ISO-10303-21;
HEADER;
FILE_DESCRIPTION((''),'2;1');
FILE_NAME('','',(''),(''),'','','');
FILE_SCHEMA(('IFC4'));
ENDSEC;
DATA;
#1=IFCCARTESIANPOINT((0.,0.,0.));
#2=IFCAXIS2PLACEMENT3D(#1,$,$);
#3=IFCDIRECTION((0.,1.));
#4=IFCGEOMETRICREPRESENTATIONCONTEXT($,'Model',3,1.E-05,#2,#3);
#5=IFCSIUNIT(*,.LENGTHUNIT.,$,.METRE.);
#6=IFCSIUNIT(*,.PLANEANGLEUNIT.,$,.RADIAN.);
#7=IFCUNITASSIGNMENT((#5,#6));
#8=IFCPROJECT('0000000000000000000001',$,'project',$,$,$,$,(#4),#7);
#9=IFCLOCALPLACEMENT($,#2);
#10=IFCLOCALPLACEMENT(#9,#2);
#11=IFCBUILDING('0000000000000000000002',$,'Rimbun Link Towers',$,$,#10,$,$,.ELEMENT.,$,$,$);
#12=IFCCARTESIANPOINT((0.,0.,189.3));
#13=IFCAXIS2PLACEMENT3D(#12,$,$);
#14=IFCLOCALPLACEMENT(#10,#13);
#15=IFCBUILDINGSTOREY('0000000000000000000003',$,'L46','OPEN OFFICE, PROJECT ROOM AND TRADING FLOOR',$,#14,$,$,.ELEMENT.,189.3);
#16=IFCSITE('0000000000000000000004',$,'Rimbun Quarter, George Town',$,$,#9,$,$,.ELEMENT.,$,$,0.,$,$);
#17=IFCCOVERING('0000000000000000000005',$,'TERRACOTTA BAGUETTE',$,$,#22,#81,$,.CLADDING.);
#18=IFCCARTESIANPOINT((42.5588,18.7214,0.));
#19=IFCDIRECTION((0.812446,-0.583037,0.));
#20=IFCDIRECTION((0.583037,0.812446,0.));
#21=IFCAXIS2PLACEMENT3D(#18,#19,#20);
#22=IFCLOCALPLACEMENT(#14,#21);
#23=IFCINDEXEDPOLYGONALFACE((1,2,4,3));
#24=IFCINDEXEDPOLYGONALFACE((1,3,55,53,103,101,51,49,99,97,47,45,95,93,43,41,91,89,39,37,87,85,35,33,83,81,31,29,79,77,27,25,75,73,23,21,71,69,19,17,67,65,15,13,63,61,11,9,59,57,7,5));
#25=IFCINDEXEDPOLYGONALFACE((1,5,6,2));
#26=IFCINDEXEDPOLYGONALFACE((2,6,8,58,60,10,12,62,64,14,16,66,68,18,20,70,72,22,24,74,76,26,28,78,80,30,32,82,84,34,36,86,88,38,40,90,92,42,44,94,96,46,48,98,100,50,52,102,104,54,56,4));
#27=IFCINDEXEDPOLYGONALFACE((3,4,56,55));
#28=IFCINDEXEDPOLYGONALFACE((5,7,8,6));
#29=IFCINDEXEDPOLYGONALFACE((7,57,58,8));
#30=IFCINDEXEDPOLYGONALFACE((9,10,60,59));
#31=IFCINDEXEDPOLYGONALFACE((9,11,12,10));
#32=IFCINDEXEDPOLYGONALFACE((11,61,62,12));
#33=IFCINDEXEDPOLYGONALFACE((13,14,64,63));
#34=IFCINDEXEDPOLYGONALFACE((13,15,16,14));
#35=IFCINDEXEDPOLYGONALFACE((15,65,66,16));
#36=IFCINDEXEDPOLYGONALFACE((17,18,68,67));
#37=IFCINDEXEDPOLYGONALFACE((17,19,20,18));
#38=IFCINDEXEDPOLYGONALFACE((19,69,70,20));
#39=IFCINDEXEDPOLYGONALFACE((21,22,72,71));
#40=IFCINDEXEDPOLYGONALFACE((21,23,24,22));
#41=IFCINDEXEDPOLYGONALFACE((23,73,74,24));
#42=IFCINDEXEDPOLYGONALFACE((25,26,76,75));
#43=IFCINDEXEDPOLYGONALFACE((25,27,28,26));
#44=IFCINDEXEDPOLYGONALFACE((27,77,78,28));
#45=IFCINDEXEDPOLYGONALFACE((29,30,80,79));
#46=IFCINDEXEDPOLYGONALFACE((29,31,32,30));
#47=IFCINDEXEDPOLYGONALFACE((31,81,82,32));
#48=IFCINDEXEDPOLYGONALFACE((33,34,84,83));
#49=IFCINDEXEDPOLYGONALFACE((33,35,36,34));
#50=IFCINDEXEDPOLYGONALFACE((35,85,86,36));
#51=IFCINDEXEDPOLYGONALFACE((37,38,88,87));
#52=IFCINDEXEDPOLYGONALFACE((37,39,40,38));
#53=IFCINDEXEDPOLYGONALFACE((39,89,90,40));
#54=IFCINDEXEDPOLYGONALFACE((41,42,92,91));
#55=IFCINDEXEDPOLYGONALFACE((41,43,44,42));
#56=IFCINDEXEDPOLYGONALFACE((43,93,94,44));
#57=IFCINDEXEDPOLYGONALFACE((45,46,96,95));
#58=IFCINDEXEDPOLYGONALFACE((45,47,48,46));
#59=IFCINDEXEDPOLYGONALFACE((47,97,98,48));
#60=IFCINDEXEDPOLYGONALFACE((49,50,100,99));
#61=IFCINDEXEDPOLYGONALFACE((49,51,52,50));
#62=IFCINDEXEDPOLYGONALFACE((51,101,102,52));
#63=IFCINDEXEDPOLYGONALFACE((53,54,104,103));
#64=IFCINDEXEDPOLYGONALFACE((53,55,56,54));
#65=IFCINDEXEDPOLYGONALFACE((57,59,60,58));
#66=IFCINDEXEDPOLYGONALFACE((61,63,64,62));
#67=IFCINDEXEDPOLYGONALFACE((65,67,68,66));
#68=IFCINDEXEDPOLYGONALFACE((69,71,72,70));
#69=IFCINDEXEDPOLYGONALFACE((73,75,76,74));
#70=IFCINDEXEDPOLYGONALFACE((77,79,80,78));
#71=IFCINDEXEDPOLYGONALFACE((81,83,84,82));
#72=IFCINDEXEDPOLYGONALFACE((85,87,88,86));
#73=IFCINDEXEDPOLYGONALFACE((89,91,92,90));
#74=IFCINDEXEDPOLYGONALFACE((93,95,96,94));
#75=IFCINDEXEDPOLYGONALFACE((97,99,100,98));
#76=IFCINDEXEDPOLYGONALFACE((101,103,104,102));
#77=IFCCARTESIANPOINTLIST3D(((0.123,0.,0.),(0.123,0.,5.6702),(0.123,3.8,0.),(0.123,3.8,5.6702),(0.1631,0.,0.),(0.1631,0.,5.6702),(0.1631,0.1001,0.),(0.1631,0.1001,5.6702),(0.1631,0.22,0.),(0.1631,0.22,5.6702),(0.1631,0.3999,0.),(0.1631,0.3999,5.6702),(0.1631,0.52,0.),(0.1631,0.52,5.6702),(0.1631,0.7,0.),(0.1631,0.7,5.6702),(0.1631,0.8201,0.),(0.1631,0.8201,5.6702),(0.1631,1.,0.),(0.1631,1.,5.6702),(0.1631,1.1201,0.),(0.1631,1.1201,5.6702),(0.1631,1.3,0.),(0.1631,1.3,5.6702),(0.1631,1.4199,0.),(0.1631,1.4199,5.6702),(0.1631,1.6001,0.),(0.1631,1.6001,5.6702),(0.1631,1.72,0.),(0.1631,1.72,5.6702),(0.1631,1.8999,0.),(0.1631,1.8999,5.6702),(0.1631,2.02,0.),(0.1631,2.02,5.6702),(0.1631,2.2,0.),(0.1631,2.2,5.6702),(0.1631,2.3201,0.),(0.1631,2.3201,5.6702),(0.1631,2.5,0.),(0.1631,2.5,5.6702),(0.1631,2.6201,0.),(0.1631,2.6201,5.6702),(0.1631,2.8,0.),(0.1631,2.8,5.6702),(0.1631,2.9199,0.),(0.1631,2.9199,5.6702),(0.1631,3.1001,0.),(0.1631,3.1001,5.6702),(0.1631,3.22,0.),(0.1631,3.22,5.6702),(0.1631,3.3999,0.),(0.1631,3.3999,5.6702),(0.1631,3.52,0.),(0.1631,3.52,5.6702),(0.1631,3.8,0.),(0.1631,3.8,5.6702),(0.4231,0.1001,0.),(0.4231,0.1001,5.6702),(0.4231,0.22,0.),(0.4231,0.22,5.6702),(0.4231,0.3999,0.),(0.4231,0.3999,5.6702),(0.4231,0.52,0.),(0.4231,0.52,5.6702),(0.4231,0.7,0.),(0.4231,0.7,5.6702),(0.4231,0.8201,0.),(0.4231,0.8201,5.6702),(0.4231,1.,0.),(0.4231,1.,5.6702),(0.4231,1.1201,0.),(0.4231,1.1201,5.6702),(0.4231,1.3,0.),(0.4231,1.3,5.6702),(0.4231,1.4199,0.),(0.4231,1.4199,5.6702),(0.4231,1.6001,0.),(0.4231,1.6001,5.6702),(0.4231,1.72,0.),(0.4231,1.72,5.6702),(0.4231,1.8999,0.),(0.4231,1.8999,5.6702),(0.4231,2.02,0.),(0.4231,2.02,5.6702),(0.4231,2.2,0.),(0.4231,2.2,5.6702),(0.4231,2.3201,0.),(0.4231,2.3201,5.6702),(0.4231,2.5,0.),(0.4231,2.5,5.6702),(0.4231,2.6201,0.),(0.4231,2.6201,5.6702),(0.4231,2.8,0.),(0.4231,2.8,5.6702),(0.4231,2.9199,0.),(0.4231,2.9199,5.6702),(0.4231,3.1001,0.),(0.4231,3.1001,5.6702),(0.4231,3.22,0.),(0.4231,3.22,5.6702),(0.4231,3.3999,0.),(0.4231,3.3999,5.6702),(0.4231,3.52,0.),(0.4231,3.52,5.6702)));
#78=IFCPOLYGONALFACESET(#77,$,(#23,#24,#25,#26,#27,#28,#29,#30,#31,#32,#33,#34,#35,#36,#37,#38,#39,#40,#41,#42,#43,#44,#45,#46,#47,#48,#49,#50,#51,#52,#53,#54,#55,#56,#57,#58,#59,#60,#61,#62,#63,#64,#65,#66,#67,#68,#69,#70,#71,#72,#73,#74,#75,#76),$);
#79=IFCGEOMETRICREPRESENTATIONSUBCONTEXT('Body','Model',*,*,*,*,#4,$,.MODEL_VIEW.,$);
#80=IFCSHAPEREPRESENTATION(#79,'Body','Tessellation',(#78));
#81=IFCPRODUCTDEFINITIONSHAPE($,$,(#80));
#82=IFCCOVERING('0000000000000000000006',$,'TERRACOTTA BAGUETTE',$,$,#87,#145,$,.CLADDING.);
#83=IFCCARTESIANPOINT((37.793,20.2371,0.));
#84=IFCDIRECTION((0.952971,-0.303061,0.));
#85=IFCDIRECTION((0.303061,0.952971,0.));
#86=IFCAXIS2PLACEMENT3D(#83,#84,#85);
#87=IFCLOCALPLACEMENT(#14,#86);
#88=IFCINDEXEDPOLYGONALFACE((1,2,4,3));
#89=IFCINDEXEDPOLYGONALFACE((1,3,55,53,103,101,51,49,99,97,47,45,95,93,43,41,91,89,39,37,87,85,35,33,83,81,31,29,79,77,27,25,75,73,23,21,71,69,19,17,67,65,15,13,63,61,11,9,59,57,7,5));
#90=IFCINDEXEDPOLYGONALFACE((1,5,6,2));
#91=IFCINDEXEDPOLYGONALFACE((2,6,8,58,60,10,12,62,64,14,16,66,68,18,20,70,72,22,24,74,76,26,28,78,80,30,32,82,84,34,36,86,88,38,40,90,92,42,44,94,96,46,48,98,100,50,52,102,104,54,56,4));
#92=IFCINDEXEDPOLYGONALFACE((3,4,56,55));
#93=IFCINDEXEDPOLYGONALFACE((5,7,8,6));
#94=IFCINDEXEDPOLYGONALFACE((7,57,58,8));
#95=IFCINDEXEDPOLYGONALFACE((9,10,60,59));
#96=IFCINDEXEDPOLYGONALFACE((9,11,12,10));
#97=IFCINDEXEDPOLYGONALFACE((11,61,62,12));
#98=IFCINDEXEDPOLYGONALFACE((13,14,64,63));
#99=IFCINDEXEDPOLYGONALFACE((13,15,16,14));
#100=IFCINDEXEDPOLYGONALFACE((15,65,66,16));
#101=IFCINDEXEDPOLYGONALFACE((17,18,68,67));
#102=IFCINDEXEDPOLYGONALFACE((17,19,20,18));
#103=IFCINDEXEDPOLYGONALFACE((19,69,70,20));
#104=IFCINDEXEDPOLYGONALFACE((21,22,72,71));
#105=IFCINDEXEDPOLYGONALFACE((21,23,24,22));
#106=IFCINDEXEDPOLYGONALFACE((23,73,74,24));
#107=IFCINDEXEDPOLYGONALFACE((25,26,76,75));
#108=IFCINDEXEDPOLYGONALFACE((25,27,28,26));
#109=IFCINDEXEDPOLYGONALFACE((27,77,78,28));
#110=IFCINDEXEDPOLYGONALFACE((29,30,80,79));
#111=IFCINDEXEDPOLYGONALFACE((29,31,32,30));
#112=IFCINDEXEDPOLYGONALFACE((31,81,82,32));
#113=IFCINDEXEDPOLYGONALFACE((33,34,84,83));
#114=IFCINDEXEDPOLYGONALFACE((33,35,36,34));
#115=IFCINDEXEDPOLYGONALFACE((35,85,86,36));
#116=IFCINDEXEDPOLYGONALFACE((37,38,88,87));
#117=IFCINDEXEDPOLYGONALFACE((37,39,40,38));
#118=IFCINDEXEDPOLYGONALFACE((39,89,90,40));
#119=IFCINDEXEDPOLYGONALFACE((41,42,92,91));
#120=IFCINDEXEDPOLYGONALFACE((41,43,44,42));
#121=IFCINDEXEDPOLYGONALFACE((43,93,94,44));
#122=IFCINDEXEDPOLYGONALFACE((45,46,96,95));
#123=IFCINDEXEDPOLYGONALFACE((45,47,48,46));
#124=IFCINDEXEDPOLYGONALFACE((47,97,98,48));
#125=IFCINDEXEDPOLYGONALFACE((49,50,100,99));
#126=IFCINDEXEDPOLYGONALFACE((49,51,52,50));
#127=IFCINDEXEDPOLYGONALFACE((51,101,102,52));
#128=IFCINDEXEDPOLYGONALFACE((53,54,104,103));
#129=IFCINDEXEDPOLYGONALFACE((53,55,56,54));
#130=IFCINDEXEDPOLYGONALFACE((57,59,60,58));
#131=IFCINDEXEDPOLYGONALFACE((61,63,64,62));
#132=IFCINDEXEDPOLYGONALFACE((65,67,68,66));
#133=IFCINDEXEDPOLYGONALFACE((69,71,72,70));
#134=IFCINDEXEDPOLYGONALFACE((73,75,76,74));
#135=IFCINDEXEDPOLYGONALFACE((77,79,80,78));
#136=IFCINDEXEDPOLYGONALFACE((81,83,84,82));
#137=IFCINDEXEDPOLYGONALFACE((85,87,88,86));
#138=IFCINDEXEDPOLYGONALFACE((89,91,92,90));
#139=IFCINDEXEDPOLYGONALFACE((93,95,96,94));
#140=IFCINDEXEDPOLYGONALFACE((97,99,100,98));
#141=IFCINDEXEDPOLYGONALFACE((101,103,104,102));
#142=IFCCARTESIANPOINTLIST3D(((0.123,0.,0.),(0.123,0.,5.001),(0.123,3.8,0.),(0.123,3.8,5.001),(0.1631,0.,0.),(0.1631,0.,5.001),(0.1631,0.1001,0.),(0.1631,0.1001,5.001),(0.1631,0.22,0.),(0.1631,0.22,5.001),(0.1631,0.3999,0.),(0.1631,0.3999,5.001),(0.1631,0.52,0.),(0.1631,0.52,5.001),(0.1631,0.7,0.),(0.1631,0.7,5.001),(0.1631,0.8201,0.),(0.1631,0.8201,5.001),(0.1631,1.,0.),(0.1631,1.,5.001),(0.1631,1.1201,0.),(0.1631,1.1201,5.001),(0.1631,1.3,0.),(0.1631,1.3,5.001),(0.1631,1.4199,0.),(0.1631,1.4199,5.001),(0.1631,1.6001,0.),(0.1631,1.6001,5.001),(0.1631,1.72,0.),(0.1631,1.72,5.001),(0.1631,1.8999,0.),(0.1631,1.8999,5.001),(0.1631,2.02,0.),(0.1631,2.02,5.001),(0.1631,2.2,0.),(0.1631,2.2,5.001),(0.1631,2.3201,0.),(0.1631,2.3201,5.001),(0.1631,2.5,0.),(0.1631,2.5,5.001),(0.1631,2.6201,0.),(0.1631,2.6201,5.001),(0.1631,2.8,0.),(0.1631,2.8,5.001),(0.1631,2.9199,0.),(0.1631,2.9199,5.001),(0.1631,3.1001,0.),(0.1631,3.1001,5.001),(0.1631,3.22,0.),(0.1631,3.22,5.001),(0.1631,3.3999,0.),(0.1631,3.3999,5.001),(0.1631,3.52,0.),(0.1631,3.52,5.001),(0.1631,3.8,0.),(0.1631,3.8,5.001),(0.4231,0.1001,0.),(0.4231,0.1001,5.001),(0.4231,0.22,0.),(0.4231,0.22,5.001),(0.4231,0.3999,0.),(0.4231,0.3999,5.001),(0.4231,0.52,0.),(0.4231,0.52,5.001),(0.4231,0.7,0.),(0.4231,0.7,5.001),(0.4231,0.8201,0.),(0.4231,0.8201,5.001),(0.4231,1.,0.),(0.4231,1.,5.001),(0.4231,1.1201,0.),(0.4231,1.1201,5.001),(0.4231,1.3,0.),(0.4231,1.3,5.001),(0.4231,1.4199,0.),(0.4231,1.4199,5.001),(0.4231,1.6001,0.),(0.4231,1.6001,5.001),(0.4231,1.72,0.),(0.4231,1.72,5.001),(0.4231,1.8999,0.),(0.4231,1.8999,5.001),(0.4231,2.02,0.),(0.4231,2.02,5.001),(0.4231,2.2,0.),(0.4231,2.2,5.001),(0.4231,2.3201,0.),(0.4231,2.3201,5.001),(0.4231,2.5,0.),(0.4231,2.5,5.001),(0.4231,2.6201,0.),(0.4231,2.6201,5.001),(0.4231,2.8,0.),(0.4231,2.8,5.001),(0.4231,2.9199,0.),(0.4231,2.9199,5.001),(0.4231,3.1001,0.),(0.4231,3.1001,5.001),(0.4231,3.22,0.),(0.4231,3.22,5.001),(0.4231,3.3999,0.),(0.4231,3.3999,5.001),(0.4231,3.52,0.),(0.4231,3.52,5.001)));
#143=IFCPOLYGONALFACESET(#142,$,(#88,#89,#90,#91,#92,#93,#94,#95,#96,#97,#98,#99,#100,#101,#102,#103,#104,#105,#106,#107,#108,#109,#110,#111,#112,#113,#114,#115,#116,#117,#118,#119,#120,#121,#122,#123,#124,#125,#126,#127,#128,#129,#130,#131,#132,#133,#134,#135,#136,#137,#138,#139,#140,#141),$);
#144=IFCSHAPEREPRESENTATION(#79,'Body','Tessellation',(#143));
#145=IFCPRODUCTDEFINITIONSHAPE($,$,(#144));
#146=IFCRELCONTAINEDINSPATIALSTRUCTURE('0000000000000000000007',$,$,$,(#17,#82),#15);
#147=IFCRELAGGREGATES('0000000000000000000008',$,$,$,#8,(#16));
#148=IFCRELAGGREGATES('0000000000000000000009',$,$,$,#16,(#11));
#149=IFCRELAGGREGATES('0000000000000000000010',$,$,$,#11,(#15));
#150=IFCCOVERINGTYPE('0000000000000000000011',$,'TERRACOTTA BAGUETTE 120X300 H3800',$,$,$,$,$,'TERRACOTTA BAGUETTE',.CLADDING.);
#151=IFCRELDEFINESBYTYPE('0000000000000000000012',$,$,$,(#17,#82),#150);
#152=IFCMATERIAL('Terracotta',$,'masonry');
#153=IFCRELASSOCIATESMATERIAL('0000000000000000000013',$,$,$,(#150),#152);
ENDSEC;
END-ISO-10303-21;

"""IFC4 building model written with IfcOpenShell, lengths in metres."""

from ifc_helpers import new_model, si_unit, direction, frame, origin, place, context, subcontext, project, spatial, polyline, outline, extrude, material, material_profile, profile_set, type_object, element, save


model = new_model("IFC4")

# Units and contexts
model_context = context("Model", 3, precision=1e-05, world=origin(), true_north=direction((0.0, 1.0)))
body_context = subcontext(model_context, "Body", "Model", "MODEL_VIEW")
ifc_project = project(units=[si_unit("LENGTHUNIT", "METRE"), si_unit("PLANEANGLEUNIT", "RADIAN")], contexts=[model_context])

# Site, building, storey
site_placement = place(None, origin())
site = spatial("IfcSite", under=ifc_project, at=site_placement, Name="Rimbun Quarter, George Town", CompositionType="ELEMENT", RefElevation=0.0)
building_placement = place(site_placement, origin())
building = spatial("IfcBuilding", under=site, at=building_placement, Name="Rimbun Link Towers", CompositionType="ELEMENT")
storey_placement = place(building_placement, frame((0.0, 0.0, 189.3)))
storey = spatial("IfcBuildingStorey", under=building, at=storey_placement, Name="L46", Description="OPEN OFFICE, PROJECT ROOM AND TRADING FLOOR", CompositionType="ELEMENT", Elevation=189.3)

# Coverings
ifc_material_1 = material(Name="Terracotta", Category="masonry")
ifc_material_profile_1 = material_profile(ifc_material_1, outline(polyline([(0.123, 0.0), (0.1631, 0.0), (0.1631, 0.1001), (0.4231, 0.1001), (0.4231, 0.22), (0.1631, 0.22), (0.1631, 0.3999), (0.4231, 0.3999), (0.4231, 0.52), (0.1631, 0.52), (0.1631, 0.7), (0.4231, 0.7), (0.4231, 0.8201), (0.1631, 0.8201), (0.1631, 1.0), (0.4231, 1.0), (0.4231, 1.1201), (0.1631, 1.1201), (0.1631, 1.3), (0.4231, 1.3), (0.4231, 1.4199), (0.1631, 1.4199), (0.1631, 1.6001), (0.4231, 1.6001), (0.4231, 1.72), (0.1631, 1.72), (0.1631, 1.8999), (0.4231, 1.8999), (0.4231, 2.02), (0.1631, 2.02), (0.1631, 2.2), (0.4231, 2.2), (0.4231, 2.3201), (0.1631, 2.3201), (0.1631, 2.5), (0.4231, 2.5), (0.4231, 2.6201), (0.1631, 2.6201), (0.1631, 2.8), (0.4231, 2.8), (0.4231, 2.9199), (0.1631, 2.9199), (0.1631, 3.1001), (0.4231, 3.1001), (0.4231, 3.22), (0.1631, 3.22), (0.1631, 3.3999), (0.4231, 3.3999), (0.4231, 3.52), (0.1631, 3.52), (0.1631, 3.8), (0.123, 3.8), (0.123, 0.0)])), Name="BAGUETTE 120X300")
ifc_profile_set_1 = profile_set([ifc_material_profile_1], Name="Terracotta")
covering_type = type_object("IfcCoveringType", Name="TERRACOTTA BAGUETTE 120X300 H3800", ElementType="TERRACOTTA BAGUETTE", PredefinedType="CLADDING", material=ifc_profile_set_1)
covering_1_placement = place(storey_placement, frame((42.5588, 18.7214, 0.0), z_axis=(0.812446, -0.583037, 0.0), x_axis=(0.583037, 0.812446, 0.0)))
element("IfcCovering", 1, at=covering_1_placement, inside=storey, type_object=covering_type, Name="TERRACOTTA BAGUETTE", PredefinedType="CLADDING", context=body_context, shape_type="SweptSolid", body=[
    extrude(outline(polyline([(0.123, 0.0), (0.1631, 0.0), (0.1631, 0.1001), (0.4231, 0.1001), (0.4231, 0.22), (0.1631, 0.22), (0.1631, 0.3999), (0.4231, 0.3999), (0.4231, 0.52), (0.1631, 0.52), (0.1631, 0.7), (0.4231, 0.7), (0.4231, 0.8201), (0.1631, 0.8201), (0.1631, 1.0), (0.4231, 1.0), (0.4231, 1.1201), (0.1631, 1.1201), (0.1631, 1.3), (0.4231, 1.3), (0.4231, 1.4199), (0.1631, 1.4199), (0.1631, 1.6001), (0.4231, 1.6001), (0.4231, 1.72), (0.1631, 1.72), (0.1631, 1.8999), (0.4231, 1.8999), (0.4231, 2.02), (0.1631, 2.02), (0.1631, 2.2), (0.4231, 2.2), (0.4231, 2.3201), (0.1631, 2.3201), (0.1631, 2.5), (0.4231, 2.5), (0.4231, 2.6201), (0.1631, 2.6201), (0.1631, 2.8), (0.4231, 2.8), (0.4231, 2.9199), (0.1631, 2.9199), (0.1631, 3.1001), (0.4231, 3.1001), (0.4231, 3.22), (0.1631, 3.22), (0.1631, 3.3999), (0.4231, 3.3999), (0.4231, 3.52), (0.1631, 3.52), (0.1631, 3.8), (0.123, 3.8), (0.123, 0.0)])), origin(), (0.0, 0.0, 1.0), 5.6702),
])
covering_2_placement = place(storey_placement, frame((37.793, 20.2371, 0.0), z_axis=(0.952971, -0.303061, 0.0), x_axis=(0.303061, 0.952971, 0.0)))
element("IfcCovering", 2, at=covering_2_placement, inside=storey, type_object=covering_type, Name="TERRACOTTA BAGUETTE", PredefinedType="CLADDING", context=body_context, shape_type="SweptSolid", body=[
    extrude(outline(polyline([(0.123, 0.0), (0.1631, 0.0), (0.1631, 0.1001), (0.4231, 0.1001), (0.4231, 0.22), (0.1631, 0.22), (0.1631, 0.3999), (0.4231, 0.3999), (0.4231, 0.52), (0.1631, 0.52), (0.1631, 0.7), (0.4231, 0.7), (0.4231, 0.8201), (0.1631, 0.8201), (0.1631, 1.0), (0.4231, 1.0), (0.4231, 1.1201), (0.1631, 1.1201), (0.1631, 1.3), (0.4231, 1.3), (0.4231, 1.4199), (0.1631, 1.4199), (0.1631, 1.6001), (0.4231, 1.6001), (0.4231, 1.72), (0.1631, 1.72), (0.1631, 1.8999), (0.4231, 1.8999), (0.4231, 2.02), (0.1631, 2.02), (0.1631, 2.2), (0.4231, 2.2), (0.4231, 2.3201), (0.1631, 2.3201), (0.1631, 2.5), (0.4231, 2.5), (0.4231, 2.6201), (0.1631, 2.6201), (0.1631, 2.8), (0.4231, 2.8), (0.4231, 2.9199), (0.1631, 2.9199), (0.1631, 3.1001), (0.4231, 3.1001), (0.4231, 3.22), (0.1631, 3.22), (0.1631, 3.3999), (0.4231, 3.3999), (0.4231, 3.52), (0.1631, 3.52), (0.1631, 3.8), (0.123, 3.8), (0.123, 0.0)])), origin(), (0.0, 0.0, 1.0), 5.001),
])

save(model, "model.ifc")
